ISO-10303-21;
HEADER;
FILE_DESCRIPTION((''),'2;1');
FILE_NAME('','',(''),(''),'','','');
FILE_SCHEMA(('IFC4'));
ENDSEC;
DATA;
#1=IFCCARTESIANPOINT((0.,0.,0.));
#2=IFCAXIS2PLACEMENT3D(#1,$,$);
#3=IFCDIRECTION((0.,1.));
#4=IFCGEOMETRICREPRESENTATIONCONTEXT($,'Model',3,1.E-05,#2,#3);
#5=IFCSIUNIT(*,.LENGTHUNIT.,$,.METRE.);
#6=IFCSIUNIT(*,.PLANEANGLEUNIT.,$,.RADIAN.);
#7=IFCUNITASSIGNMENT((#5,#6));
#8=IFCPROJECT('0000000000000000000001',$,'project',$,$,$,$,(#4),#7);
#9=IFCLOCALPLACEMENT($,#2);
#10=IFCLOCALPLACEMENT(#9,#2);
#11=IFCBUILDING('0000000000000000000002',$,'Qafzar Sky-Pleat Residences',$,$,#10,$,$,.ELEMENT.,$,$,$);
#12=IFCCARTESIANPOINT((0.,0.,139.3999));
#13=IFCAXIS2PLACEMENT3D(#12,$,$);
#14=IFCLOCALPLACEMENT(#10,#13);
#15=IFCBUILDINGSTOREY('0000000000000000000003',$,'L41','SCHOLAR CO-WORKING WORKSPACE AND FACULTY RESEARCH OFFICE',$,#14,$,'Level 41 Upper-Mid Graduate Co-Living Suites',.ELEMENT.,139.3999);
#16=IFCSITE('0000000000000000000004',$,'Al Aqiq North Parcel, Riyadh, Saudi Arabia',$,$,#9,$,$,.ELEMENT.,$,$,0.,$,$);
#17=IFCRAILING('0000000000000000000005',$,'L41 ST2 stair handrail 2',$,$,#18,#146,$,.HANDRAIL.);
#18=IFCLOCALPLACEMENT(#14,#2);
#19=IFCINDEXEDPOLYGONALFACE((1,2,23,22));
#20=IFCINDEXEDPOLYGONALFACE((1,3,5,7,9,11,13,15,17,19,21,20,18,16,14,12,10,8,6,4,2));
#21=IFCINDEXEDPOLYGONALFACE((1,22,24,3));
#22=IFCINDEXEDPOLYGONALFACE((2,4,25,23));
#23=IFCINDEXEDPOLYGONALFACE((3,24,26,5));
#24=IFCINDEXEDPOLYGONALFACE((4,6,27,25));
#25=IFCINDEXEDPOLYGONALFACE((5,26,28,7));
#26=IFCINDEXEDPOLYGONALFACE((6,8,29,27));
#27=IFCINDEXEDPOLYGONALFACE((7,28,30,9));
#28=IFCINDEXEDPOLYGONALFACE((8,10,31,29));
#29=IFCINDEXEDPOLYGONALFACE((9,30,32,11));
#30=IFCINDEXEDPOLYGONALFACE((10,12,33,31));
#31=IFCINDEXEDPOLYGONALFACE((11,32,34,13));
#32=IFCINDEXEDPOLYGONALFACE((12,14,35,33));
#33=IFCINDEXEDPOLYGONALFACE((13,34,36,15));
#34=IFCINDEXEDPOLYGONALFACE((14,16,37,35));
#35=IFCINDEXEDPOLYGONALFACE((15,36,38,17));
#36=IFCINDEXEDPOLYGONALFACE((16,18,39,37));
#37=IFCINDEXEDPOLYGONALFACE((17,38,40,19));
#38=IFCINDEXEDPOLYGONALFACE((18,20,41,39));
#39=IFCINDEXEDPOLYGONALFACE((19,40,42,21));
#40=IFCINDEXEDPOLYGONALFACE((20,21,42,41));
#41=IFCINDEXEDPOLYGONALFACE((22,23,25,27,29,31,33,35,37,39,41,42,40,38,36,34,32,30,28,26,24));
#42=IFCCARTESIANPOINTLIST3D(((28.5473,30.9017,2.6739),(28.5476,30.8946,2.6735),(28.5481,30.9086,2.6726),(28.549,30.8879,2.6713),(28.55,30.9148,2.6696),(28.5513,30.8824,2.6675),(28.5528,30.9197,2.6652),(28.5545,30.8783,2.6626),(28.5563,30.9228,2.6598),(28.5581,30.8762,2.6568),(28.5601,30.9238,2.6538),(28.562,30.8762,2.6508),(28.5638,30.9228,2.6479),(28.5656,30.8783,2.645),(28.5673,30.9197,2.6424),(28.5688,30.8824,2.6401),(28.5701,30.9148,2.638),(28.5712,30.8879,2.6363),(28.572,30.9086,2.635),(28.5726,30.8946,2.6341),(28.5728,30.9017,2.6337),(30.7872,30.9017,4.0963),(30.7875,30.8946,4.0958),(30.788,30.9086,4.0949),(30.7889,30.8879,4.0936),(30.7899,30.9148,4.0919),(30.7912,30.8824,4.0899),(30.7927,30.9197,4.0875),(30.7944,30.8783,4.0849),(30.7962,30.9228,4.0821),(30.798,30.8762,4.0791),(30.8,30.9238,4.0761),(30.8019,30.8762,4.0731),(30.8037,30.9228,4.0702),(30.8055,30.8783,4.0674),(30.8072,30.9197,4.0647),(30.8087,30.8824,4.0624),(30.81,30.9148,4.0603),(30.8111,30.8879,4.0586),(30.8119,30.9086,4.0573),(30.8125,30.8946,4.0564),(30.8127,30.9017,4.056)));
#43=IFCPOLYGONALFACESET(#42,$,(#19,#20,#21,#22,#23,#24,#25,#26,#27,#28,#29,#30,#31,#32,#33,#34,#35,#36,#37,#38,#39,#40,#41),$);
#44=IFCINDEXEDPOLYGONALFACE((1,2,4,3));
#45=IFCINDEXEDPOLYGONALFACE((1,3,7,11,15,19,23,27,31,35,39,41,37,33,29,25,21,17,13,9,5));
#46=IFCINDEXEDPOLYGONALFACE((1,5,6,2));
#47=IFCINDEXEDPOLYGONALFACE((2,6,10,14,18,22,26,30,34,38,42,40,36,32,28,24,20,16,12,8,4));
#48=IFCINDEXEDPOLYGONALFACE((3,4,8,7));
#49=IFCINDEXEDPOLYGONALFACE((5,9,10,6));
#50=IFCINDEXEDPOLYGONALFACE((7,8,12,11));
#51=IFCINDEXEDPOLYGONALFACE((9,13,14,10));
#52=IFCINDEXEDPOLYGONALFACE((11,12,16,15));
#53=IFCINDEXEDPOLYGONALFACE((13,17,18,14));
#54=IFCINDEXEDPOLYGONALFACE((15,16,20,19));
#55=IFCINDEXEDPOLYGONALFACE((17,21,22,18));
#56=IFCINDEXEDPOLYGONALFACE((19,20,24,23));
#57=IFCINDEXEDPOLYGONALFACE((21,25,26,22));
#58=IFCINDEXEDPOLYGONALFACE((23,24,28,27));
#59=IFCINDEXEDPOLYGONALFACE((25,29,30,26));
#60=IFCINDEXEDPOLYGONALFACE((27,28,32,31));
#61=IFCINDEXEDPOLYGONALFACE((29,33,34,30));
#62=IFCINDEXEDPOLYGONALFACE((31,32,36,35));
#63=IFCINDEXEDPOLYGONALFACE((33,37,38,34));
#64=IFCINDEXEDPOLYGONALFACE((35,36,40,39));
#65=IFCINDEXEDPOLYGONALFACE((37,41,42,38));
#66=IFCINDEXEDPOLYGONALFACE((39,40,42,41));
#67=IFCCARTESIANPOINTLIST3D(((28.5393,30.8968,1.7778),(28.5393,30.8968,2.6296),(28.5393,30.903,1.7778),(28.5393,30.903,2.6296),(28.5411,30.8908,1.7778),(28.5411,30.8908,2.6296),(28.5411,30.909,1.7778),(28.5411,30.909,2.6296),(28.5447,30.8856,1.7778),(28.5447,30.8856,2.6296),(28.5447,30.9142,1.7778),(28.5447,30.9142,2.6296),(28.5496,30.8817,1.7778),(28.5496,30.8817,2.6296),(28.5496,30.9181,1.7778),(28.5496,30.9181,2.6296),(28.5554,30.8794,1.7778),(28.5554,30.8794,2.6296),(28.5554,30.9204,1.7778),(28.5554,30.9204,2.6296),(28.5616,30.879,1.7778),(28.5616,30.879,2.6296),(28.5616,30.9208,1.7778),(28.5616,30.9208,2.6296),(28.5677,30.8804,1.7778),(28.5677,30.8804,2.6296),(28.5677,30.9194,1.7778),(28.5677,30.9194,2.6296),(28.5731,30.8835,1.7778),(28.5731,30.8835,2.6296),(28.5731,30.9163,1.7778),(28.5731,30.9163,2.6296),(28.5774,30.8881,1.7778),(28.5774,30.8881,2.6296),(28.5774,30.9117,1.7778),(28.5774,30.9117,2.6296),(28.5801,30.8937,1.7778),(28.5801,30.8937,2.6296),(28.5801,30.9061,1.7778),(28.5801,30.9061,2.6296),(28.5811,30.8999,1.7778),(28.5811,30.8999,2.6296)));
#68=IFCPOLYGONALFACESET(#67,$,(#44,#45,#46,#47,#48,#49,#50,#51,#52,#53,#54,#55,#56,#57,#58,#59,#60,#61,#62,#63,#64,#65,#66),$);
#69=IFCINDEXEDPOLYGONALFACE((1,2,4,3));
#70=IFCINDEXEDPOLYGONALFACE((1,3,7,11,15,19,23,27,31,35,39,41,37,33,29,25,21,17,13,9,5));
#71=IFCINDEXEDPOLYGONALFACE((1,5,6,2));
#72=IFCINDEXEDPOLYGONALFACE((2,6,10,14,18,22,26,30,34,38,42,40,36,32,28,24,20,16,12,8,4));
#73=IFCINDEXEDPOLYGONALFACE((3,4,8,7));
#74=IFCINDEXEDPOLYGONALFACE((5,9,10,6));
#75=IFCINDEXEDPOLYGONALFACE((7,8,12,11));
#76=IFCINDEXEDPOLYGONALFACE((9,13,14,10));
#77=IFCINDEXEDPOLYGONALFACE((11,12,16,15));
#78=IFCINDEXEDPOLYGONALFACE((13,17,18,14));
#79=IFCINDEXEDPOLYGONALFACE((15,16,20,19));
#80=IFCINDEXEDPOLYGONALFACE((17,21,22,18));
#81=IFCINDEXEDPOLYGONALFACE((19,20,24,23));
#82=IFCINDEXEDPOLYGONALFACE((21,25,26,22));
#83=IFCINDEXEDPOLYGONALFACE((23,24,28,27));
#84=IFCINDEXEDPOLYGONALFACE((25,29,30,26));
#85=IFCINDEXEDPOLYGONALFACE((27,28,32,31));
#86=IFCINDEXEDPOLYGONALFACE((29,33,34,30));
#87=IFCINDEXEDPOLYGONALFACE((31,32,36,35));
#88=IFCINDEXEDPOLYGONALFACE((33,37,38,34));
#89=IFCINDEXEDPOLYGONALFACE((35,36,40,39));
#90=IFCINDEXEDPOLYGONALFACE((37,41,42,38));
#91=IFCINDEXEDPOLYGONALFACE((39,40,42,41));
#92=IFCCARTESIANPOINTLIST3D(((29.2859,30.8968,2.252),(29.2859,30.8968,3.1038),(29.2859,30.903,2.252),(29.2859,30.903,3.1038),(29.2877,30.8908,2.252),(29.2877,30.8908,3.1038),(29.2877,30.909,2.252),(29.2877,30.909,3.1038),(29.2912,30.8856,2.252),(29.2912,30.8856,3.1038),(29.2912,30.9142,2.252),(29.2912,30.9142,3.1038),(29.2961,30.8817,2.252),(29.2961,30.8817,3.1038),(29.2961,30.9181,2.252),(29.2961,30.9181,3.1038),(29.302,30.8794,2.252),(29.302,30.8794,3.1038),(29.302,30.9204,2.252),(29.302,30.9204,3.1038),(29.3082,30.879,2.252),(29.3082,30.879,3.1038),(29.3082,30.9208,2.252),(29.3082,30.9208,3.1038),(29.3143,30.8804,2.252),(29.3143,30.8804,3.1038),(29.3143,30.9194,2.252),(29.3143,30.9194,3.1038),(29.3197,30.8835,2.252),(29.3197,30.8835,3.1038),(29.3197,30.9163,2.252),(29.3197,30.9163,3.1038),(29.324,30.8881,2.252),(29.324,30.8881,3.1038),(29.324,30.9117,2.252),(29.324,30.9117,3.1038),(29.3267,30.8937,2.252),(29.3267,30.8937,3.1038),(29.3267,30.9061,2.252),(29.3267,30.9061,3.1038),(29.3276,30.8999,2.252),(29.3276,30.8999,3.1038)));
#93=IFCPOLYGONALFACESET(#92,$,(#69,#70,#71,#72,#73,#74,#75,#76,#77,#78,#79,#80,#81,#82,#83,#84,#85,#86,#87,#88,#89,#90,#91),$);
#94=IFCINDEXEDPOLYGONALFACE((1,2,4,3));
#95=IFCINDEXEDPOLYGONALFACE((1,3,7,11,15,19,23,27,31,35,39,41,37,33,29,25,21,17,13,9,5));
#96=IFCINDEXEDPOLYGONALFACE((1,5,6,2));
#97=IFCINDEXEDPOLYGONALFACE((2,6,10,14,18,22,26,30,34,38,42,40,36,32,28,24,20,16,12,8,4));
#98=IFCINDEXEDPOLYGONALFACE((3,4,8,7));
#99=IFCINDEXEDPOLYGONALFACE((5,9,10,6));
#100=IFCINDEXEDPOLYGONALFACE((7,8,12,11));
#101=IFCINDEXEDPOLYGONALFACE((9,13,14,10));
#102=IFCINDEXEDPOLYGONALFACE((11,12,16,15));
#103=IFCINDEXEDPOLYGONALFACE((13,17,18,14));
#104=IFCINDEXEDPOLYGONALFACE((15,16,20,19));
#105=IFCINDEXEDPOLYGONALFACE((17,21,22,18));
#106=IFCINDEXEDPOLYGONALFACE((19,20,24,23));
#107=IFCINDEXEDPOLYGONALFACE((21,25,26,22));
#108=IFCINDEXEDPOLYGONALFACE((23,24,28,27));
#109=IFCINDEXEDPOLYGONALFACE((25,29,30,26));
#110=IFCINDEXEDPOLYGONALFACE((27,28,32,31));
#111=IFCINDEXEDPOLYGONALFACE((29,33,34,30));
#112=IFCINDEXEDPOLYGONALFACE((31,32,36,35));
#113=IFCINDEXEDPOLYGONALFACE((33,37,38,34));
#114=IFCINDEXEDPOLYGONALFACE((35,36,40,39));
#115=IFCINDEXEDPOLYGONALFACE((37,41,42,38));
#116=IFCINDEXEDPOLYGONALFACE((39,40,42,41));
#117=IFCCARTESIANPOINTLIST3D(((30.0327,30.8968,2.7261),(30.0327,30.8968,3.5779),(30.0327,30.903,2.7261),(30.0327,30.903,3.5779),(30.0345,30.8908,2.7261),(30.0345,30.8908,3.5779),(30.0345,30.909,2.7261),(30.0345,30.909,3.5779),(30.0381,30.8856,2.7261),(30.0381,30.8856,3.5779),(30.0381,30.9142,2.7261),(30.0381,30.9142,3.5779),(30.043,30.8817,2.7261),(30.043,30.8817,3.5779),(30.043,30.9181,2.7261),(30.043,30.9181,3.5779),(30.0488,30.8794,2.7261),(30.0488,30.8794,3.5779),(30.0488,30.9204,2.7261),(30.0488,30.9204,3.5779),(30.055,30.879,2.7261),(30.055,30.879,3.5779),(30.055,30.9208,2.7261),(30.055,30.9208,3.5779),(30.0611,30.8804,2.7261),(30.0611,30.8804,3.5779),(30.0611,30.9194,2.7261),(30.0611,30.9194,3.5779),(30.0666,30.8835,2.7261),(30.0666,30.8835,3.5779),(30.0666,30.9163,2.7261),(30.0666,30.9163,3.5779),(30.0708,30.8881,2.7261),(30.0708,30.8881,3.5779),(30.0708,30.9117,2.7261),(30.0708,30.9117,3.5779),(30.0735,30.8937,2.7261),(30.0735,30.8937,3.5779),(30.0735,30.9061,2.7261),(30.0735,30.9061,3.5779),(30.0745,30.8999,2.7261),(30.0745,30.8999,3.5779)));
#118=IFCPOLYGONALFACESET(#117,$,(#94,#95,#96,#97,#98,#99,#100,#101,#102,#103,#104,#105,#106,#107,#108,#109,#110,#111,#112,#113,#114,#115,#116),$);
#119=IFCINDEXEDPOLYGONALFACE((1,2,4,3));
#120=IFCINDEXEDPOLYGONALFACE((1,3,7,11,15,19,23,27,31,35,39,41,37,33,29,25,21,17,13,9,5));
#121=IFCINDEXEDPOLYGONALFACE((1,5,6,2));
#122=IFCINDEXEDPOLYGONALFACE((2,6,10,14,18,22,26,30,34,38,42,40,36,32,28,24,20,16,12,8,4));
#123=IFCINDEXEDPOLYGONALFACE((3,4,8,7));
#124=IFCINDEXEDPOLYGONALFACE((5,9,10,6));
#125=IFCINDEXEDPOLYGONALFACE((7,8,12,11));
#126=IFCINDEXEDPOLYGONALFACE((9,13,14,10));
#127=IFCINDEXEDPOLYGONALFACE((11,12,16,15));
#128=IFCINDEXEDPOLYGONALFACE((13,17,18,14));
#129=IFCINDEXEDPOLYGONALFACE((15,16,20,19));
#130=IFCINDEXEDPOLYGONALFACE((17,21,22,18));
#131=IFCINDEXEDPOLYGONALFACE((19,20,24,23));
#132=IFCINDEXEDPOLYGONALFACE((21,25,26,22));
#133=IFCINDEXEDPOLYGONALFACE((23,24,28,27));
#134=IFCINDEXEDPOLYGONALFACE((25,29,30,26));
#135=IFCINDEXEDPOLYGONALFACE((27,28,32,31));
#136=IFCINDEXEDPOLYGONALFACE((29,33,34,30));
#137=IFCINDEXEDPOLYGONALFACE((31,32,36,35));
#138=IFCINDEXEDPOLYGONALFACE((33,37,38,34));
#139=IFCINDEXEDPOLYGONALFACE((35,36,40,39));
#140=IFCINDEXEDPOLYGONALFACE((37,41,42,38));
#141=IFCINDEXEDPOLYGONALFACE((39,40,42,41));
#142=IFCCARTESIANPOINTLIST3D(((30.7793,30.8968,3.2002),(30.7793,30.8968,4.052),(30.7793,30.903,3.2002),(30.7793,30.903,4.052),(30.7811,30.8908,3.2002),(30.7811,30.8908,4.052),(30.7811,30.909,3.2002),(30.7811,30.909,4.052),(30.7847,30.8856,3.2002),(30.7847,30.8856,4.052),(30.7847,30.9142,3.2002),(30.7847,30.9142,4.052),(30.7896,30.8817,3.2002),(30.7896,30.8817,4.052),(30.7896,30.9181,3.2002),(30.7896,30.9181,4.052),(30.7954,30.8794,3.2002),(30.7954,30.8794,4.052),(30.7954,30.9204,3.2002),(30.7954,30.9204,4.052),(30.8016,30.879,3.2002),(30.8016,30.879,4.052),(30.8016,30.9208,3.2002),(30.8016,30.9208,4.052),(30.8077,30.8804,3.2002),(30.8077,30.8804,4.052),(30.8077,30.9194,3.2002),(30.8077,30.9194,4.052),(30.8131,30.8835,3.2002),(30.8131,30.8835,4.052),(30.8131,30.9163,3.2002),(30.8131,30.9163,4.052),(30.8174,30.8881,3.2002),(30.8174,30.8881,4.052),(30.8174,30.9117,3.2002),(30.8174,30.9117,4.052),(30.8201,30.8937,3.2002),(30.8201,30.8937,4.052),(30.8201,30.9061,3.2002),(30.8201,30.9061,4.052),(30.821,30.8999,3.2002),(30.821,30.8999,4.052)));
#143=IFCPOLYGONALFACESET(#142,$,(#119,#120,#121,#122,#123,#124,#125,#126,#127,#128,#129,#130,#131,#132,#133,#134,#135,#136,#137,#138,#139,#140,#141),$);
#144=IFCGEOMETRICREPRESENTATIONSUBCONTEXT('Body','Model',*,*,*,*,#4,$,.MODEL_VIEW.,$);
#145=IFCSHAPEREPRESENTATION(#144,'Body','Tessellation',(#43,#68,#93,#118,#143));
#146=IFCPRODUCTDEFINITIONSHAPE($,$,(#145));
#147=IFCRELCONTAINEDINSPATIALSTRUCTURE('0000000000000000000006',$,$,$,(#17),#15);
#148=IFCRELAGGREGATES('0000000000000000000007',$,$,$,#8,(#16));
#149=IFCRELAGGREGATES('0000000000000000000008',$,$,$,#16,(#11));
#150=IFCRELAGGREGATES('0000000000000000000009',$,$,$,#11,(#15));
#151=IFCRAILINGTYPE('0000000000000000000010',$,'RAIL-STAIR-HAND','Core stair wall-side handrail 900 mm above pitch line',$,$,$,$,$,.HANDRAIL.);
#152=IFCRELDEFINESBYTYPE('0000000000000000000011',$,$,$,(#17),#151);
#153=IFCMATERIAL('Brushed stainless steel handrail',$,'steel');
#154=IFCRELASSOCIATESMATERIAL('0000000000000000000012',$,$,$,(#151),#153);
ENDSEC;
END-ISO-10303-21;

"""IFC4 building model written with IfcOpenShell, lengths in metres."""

from ifc_helpers import new_model, si_unit, direction, frame, origin, origin_2d, place, context, subcontext, project, spatial, circle, extrude, source, transform, mapped, material, type_object, element, save


model = new_model("IFC4")

# Units and contexts
model_context = context("Model", 3, precision=1e-05, world=origin(), true_north=direction((0.0, 1.0)))
body_context = subcontext(model_context, "Body", "Model", "MODEL_VIEW")
ifc_project = project(units=[si_unit("LENGTHUNIT", "METRE"), si_unit("PLANEANGLEUNIT", "RADIAN")], contexts=[model_context])

# Site, building, storey
site_placement = place(None, origin())
site = spatial("IfcSite", under=ifc_project, at=site_placement, Name="Al Aqiq North Parcel, Riyadh, Saudi Arabia", CompositionType="ELEMENT", RefElevation=0.0)
building_placement = place(site_placement, origin())
building = spatial("IfcBuilding", under=site, at=building_placement, Name="Qafzar Sky-Pleat Residences", CompositionType="ELEMENT")
storey_placement = place(building_placement, frame((0.0, 0.0, 139.3999)))
storey = spatial("IfcBuildingStorey", under=building, at=storey_placement, Name="L41", Description="SCHOLAR CO-WORKING WORKSPACE AND FACULTY RESEARCH OFFICE", LongName="Level 41 Upper-Mid Graduate Co-Living Suites", CompositionType="ELEMENT", Elevation=139.3999)

# Railing
ifc_material_1 = material(Name="Brushed stainless steel handrail", Category="steel")
railing_type_1 = type_object("IfcRailingType", Name="RAIL-STAIR-HAND", Description="Core stair wall-side handrail 900 mm above pitch line", PredefinedType="HANDRAIL", material=ifc_material_1)
shared_shape_1 = source(origin(), body_context, "Body", "SweptSolid", [
    extrude(circle(Radius=0.0239, at=origin_2d()), frame((0.0, 0.0, 0.876), z_axis=(0.844188, 0.0, 0.536048), x_axis=(0.0, 1.0, 0.0)), (0.0, 0.0, 1.0), 2.6533),
    extrude(circle(Radius=0.021, at=origin_2d()), origin(), (0.0, 0.0, 1.0), 0.8518),
    extrude(circle(Radius=0.021, at=origin_2d()), frame((0.7466, 0.0, 0.4741)), (0.0, 0.0, 1.0), 0.8518),
    extrude(circle(Radius=0.021, at=origin_2d()), frame((1.4934, 0.0, 0.9482)), (0.0, 0.0, 1.0), 0.8518),
    extrude(circle(Radius=0.021, at=origin_2d()), frame((2.24, 0.0, 1.4224)), (0.0, 0.0, 1.0), 0.8518),
])
railing_1_placement = place(storey_placement, frame((28.5601, 30.8999, 1.7778)))
element("IfcRailing", 1, at=railing_1_placement, inside=storey, type_object=railing_type_1, Name="L41 ST2 stair handrail 2", PredefinedType="HANDRAIL", context=body_context, shape_type="MappedRepresentation", body=[
    mapped(shared_shape_1, transform((0.0, 0.0, 0.0), x_axis=(1.0, 0.0, 0.0), y_axis=(0.0, 1.0, 0.0), z_axis=(0.0, 0.0, 1.0), scale=1.0)),
])

save(model, "model.ifc")
